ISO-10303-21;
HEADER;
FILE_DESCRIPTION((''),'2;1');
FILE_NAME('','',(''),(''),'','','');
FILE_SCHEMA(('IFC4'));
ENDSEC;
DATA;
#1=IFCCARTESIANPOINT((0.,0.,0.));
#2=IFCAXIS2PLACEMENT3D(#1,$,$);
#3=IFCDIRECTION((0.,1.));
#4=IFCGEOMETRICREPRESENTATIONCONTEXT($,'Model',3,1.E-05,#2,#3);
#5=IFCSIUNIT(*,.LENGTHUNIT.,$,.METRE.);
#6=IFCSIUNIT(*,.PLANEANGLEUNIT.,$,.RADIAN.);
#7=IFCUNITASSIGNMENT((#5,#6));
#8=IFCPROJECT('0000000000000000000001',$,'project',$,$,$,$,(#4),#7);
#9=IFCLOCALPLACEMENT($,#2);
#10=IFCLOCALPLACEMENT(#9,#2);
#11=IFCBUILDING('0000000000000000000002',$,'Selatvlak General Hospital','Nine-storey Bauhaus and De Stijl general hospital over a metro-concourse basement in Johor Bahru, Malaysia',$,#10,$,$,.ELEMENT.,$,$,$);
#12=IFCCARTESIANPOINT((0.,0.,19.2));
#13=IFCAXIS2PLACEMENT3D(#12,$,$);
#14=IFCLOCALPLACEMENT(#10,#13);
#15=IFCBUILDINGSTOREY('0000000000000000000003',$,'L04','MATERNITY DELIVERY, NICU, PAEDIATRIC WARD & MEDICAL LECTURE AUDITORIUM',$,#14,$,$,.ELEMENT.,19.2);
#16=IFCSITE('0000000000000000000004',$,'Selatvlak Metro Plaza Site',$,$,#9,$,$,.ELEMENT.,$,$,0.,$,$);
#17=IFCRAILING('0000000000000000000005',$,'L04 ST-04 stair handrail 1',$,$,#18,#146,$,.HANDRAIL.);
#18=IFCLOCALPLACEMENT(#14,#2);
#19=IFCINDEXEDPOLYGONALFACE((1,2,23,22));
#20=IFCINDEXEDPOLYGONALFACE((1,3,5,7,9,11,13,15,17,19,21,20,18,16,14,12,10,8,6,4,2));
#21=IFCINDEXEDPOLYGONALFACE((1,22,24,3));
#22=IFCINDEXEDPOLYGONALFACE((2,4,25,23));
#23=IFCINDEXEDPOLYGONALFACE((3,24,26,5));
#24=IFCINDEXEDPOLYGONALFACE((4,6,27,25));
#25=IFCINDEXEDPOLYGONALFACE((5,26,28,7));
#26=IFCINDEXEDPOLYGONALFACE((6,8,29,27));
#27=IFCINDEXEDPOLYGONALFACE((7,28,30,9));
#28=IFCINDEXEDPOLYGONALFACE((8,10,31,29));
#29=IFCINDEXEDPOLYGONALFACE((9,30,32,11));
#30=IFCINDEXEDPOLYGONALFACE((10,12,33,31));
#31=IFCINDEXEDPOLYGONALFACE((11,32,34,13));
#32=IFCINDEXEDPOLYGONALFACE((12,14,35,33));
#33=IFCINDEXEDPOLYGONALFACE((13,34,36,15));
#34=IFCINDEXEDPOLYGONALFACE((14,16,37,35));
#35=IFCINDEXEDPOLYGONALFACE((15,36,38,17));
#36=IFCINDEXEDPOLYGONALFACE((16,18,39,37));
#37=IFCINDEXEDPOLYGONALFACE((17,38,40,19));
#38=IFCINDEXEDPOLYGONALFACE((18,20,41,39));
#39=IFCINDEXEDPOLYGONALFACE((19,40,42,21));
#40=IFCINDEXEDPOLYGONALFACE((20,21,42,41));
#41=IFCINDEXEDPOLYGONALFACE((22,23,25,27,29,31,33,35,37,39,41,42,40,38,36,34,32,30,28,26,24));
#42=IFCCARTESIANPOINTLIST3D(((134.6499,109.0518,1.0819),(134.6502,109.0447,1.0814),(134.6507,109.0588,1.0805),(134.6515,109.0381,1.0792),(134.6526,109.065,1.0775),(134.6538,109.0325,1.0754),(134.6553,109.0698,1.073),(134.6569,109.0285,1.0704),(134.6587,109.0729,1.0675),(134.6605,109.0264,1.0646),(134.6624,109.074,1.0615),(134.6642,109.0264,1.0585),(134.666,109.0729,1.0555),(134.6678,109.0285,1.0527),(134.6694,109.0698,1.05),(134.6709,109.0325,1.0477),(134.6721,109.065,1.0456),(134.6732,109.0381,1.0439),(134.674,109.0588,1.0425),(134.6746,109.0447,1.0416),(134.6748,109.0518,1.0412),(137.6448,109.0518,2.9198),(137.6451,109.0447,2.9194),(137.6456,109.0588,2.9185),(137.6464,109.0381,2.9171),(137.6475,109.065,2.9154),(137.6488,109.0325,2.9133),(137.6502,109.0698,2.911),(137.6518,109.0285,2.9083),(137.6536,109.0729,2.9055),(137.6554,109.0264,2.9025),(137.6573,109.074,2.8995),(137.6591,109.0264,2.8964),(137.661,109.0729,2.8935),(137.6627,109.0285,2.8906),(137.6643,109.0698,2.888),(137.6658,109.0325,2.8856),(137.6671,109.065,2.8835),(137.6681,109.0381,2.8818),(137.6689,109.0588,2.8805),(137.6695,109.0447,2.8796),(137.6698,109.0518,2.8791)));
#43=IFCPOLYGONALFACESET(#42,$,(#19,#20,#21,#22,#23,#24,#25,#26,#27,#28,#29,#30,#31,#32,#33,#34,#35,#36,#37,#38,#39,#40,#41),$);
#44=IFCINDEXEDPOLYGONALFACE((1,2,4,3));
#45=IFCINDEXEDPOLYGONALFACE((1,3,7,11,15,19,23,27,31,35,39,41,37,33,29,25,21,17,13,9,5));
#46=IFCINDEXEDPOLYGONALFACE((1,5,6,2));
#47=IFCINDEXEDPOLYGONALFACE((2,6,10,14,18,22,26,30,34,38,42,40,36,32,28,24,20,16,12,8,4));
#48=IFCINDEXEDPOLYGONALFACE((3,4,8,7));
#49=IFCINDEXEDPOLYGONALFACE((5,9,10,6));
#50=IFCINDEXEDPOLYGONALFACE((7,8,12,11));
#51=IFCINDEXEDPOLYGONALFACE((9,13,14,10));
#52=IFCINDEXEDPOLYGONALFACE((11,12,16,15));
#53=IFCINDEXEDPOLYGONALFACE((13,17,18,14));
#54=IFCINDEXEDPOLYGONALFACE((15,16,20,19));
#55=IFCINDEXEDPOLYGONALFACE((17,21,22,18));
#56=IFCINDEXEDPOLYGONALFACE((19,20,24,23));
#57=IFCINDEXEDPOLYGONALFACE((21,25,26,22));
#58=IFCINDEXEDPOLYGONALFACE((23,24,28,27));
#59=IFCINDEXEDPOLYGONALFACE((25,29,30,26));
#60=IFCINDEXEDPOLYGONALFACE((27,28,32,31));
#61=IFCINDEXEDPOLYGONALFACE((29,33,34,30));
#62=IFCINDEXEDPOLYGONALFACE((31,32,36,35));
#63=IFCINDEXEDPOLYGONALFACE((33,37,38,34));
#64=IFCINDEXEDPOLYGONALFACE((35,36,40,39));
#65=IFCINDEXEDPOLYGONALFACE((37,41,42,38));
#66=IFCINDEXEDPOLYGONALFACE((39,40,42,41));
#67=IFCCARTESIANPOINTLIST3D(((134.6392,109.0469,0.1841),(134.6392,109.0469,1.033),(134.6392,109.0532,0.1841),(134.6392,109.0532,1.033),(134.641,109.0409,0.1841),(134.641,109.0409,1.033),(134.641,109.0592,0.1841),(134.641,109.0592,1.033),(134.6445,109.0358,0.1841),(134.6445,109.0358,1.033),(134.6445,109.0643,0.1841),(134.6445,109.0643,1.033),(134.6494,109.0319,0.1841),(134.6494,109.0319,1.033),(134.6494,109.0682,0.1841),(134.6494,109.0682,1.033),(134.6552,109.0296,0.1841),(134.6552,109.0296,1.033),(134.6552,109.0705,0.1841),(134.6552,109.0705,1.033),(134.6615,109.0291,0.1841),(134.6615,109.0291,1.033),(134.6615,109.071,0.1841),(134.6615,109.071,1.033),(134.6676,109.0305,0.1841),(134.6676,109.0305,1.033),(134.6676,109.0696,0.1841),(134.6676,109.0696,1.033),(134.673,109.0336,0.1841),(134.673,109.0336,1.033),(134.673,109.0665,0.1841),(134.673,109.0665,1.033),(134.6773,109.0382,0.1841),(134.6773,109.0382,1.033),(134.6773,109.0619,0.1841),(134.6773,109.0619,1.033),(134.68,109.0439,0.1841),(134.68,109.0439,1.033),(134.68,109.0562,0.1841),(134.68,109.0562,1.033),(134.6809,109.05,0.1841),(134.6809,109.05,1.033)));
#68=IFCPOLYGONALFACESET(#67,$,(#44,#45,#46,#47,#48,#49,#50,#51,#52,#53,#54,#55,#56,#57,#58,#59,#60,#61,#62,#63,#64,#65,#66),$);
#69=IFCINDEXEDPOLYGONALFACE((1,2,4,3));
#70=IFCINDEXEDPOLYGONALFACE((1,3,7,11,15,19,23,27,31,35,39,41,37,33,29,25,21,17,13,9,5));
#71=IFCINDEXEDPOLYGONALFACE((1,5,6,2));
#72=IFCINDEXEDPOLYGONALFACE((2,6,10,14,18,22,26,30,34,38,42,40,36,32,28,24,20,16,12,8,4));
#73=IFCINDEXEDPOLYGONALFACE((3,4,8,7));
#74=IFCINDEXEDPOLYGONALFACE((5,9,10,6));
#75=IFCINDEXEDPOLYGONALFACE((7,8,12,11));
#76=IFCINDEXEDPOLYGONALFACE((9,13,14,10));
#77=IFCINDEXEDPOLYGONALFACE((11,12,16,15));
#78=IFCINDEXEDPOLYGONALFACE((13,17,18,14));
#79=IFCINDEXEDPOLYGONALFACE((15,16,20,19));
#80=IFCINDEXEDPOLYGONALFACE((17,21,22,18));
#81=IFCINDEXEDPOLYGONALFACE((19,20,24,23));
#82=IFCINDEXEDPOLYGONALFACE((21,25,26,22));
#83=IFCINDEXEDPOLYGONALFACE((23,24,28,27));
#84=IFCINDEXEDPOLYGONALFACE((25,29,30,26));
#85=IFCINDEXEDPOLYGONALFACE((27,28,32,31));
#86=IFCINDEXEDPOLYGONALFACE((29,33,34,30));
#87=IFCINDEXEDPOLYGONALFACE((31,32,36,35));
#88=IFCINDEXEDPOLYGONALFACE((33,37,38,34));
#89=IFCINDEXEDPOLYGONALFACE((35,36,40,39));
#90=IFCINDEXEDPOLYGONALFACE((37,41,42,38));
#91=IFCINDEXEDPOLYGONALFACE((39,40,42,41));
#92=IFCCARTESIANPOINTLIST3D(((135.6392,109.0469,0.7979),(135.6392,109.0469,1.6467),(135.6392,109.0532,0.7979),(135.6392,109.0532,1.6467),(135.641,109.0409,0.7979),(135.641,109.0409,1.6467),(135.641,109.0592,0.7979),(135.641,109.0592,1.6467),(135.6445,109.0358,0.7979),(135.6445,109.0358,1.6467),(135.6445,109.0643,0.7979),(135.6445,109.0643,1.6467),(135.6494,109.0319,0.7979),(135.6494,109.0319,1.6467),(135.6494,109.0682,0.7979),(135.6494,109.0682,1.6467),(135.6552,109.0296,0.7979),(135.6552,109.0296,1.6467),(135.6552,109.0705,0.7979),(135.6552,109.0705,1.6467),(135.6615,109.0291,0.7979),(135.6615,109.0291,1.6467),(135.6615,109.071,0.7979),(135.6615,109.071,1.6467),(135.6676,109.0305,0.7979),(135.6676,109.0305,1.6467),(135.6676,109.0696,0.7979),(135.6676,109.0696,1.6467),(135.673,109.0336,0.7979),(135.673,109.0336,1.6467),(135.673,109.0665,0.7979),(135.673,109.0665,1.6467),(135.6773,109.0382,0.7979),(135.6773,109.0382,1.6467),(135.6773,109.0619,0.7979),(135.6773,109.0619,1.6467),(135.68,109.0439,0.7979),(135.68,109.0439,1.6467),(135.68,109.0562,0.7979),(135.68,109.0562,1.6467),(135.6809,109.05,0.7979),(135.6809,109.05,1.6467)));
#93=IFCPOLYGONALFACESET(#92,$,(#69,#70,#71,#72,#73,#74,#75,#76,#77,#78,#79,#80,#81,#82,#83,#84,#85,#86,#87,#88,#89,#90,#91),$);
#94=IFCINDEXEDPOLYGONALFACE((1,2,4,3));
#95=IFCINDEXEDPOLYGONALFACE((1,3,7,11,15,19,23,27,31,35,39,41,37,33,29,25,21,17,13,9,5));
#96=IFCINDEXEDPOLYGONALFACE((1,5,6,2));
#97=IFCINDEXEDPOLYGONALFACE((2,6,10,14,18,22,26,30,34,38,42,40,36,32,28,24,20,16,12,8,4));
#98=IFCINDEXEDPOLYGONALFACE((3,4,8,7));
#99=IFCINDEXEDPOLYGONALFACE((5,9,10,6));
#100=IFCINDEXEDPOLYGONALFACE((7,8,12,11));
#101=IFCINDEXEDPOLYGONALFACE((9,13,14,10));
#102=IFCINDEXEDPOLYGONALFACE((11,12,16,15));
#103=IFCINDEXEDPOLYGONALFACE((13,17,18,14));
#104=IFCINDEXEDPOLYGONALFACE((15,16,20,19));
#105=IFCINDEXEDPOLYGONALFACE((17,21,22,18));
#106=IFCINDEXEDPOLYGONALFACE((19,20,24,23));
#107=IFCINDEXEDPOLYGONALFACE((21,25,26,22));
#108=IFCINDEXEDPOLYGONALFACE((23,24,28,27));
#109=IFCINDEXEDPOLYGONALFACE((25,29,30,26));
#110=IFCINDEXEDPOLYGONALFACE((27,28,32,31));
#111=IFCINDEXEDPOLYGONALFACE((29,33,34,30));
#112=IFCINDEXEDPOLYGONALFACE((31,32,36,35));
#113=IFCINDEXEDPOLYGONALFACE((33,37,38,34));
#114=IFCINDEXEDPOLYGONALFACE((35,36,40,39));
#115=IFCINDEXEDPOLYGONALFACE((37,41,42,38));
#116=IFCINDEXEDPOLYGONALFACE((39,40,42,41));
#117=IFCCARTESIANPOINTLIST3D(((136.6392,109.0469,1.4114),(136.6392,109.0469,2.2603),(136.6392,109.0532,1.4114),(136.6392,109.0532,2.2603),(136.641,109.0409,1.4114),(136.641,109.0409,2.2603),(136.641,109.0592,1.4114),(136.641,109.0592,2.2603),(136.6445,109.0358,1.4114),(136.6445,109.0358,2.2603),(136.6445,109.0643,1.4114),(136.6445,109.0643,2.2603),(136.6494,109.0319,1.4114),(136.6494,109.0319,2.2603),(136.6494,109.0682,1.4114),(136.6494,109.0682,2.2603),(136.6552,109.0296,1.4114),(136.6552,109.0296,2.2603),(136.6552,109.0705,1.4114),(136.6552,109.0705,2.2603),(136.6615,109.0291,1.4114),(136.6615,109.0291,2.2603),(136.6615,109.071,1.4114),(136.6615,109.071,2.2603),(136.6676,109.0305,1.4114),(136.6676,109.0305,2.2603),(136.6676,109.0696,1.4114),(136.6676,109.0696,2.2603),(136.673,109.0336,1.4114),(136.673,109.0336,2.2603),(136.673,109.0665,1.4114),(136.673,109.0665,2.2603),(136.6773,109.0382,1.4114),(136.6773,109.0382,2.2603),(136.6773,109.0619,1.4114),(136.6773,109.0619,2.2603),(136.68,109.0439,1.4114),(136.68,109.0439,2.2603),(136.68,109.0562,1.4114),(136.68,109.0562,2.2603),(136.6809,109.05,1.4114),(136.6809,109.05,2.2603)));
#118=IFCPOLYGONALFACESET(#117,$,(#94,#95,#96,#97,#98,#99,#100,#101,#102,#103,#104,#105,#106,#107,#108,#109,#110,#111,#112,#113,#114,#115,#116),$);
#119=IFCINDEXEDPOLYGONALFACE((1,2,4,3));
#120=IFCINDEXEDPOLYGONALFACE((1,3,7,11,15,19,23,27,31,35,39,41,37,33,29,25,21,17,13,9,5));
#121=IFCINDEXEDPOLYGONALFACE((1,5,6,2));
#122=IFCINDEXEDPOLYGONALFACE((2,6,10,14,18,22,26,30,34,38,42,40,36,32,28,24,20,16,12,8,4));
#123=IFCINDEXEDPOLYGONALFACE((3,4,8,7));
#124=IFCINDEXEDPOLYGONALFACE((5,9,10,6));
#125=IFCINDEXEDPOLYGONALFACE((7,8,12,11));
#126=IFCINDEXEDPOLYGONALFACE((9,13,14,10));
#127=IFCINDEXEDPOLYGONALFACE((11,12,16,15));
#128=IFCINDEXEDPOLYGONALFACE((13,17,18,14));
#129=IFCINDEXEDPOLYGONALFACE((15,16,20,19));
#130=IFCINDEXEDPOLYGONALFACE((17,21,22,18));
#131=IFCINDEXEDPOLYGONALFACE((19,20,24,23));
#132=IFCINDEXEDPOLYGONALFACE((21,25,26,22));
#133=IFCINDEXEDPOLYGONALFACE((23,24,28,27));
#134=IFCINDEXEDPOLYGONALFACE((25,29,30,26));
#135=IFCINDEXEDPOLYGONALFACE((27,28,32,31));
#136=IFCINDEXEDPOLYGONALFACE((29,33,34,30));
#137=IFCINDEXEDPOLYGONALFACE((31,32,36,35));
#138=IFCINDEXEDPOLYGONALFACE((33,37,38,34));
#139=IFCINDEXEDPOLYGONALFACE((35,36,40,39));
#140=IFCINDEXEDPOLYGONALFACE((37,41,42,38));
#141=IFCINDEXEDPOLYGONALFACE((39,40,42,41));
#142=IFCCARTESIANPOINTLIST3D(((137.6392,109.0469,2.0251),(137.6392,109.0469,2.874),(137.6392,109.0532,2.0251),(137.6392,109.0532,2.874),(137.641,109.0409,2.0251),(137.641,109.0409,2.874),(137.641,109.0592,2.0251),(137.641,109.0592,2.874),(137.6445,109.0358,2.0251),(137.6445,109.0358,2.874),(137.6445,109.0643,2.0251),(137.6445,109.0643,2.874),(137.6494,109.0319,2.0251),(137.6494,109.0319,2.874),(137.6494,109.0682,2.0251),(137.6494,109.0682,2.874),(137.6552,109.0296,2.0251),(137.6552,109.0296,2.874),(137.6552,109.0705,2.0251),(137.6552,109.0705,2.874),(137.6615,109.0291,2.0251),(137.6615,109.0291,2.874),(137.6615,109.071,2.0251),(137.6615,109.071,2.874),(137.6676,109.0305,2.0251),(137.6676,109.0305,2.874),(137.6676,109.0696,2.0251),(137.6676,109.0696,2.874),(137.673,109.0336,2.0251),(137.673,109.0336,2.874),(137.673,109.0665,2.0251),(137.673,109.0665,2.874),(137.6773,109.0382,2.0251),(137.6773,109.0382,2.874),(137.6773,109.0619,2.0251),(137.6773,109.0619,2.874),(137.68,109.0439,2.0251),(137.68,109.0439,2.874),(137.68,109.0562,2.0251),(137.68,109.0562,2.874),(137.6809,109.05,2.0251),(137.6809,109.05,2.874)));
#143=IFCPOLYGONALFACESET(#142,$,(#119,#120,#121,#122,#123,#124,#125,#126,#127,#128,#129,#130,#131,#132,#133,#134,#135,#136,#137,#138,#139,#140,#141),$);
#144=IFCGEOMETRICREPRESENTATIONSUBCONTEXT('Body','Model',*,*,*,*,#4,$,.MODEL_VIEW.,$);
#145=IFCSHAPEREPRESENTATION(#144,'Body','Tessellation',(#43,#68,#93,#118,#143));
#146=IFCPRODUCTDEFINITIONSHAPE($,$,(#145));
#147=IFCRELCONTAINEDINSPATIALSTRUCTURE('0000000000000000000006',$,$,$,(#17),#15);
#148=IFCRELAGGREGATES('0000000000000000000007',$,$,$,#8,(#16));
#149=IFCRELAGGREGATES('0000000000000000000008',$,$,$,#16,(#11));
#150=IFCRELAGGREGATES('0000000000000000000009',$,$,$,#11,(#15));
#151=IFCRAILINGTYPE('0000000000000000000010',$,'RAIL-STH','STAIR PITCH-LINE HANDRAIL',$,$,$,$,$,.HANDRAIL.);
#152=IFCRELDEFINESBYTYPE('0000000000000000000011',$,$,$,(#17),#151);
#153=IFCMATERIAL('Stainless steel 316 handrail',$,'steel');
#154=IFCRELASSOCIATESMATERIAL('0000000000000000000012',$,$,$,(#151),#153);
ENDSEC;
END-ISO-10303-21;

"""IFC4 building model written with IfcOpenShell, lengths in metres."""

from ifc_helpers import new_model, si_unit, direction, frame, origin, origin_2d, place, context, subcontext, project, spatial, circle, extrude, material, type_object, element, save


model = new_model("IFC4")

# Units and contexts
model_context = context("Model", 3, precision=1e-05, world=origin(), true_north=direction((0.0, 1.0)))
body_context = subcontext(model_context, "Body", "Model", "MODEL_VIEW")
ifc_project = project(units=[si_unit("LENGTHUNIT", "METRE"), si_unit("PLANEANGLEUNIT", "RADIAN")], contexts=[model_context])

# Site, building, storey
site_placement = place(None, origin())
site = spatial("IfcSite", under=ifc_project, at=site_placement, Name="Selatvlak Metro Plaza Site", CompositionType="ELEMENT", RefElevation=0.0)
building_placement = place(site_placement, origin())
building = spatial("IfcBuilding", under=site, at=building_placement, Name="Selatvlak General Hospital", Description="Nine-storey Bauhaus and De Stijl general hospital over a metro-concourse basement in Johor Bahru, Malaysia", CompositionType="ELEMENT")
storey_placement = place(building_placement, frame((0.0, 0.0, 19.2)))
storey = spatial("IfcBuildingStorey", under=building, at=storey_placement, Name="L04", Description="MATERNITY DELIVERY, NICU, PAEDIATRIC WARD & MEDICAL LECTURE AUDITORIUM", CompositionType="ELEMENT", Elevation=19.2)

# Railing
ifc_material_1 = material(Name="Stainless steel 316 handrail", Category="steel")
railing_type = type_object("IfcRailingType", Name="RAIL-STH", Description="STAIR PITCH-LINE HANDRAIL", PredefinedType="HANDRAIL", material=ifc_material_1)
railing_placement = place(storey_placement, frame((134.6599, 109.05, 0.1841)))
element("IfcRailing", 1, at=railing_placement, inside=storey, type_object=railing_type, Name="L04 ST-04 stair handrail 1", PredefinedType="HANDRAIL", context=body_context, shape_type="SweptSolid", body=[
    extrude(circle(Radius=0.0239, at=origin_2d()), frame((0.0024, 0.0, 0.8774), z_axis=(0.852303, 0.0, 0.523048), x_axis=(0.0, 1.0, 0.0)), (0.0, 0.0, 1.0), 3.5139),
    extrude(circle(Radius=0.021, at=origin_2d()), origin(), (0.0, 0.0, 1.0), 0.8489),
    extrude(circle(Radius=0.021, at=origin_2d()), frame((1.0, 0.0, 0.6138)), (0.0, 0.0, 1.0), 0.8489),
    extrude(circle(Radius=0.021, at=origin_2d()), frame((2.0, 0.0, 1.2273)), (0.0, 0.0, 1.0), 0.8489),
    extrude(circle(Radius=0.021, at=origin_2d()), frame((3.0, 0.0, 1.8411)), (0.0, 0.0, 1.0), 0.8489),
])

save(model, "model.ifc")
